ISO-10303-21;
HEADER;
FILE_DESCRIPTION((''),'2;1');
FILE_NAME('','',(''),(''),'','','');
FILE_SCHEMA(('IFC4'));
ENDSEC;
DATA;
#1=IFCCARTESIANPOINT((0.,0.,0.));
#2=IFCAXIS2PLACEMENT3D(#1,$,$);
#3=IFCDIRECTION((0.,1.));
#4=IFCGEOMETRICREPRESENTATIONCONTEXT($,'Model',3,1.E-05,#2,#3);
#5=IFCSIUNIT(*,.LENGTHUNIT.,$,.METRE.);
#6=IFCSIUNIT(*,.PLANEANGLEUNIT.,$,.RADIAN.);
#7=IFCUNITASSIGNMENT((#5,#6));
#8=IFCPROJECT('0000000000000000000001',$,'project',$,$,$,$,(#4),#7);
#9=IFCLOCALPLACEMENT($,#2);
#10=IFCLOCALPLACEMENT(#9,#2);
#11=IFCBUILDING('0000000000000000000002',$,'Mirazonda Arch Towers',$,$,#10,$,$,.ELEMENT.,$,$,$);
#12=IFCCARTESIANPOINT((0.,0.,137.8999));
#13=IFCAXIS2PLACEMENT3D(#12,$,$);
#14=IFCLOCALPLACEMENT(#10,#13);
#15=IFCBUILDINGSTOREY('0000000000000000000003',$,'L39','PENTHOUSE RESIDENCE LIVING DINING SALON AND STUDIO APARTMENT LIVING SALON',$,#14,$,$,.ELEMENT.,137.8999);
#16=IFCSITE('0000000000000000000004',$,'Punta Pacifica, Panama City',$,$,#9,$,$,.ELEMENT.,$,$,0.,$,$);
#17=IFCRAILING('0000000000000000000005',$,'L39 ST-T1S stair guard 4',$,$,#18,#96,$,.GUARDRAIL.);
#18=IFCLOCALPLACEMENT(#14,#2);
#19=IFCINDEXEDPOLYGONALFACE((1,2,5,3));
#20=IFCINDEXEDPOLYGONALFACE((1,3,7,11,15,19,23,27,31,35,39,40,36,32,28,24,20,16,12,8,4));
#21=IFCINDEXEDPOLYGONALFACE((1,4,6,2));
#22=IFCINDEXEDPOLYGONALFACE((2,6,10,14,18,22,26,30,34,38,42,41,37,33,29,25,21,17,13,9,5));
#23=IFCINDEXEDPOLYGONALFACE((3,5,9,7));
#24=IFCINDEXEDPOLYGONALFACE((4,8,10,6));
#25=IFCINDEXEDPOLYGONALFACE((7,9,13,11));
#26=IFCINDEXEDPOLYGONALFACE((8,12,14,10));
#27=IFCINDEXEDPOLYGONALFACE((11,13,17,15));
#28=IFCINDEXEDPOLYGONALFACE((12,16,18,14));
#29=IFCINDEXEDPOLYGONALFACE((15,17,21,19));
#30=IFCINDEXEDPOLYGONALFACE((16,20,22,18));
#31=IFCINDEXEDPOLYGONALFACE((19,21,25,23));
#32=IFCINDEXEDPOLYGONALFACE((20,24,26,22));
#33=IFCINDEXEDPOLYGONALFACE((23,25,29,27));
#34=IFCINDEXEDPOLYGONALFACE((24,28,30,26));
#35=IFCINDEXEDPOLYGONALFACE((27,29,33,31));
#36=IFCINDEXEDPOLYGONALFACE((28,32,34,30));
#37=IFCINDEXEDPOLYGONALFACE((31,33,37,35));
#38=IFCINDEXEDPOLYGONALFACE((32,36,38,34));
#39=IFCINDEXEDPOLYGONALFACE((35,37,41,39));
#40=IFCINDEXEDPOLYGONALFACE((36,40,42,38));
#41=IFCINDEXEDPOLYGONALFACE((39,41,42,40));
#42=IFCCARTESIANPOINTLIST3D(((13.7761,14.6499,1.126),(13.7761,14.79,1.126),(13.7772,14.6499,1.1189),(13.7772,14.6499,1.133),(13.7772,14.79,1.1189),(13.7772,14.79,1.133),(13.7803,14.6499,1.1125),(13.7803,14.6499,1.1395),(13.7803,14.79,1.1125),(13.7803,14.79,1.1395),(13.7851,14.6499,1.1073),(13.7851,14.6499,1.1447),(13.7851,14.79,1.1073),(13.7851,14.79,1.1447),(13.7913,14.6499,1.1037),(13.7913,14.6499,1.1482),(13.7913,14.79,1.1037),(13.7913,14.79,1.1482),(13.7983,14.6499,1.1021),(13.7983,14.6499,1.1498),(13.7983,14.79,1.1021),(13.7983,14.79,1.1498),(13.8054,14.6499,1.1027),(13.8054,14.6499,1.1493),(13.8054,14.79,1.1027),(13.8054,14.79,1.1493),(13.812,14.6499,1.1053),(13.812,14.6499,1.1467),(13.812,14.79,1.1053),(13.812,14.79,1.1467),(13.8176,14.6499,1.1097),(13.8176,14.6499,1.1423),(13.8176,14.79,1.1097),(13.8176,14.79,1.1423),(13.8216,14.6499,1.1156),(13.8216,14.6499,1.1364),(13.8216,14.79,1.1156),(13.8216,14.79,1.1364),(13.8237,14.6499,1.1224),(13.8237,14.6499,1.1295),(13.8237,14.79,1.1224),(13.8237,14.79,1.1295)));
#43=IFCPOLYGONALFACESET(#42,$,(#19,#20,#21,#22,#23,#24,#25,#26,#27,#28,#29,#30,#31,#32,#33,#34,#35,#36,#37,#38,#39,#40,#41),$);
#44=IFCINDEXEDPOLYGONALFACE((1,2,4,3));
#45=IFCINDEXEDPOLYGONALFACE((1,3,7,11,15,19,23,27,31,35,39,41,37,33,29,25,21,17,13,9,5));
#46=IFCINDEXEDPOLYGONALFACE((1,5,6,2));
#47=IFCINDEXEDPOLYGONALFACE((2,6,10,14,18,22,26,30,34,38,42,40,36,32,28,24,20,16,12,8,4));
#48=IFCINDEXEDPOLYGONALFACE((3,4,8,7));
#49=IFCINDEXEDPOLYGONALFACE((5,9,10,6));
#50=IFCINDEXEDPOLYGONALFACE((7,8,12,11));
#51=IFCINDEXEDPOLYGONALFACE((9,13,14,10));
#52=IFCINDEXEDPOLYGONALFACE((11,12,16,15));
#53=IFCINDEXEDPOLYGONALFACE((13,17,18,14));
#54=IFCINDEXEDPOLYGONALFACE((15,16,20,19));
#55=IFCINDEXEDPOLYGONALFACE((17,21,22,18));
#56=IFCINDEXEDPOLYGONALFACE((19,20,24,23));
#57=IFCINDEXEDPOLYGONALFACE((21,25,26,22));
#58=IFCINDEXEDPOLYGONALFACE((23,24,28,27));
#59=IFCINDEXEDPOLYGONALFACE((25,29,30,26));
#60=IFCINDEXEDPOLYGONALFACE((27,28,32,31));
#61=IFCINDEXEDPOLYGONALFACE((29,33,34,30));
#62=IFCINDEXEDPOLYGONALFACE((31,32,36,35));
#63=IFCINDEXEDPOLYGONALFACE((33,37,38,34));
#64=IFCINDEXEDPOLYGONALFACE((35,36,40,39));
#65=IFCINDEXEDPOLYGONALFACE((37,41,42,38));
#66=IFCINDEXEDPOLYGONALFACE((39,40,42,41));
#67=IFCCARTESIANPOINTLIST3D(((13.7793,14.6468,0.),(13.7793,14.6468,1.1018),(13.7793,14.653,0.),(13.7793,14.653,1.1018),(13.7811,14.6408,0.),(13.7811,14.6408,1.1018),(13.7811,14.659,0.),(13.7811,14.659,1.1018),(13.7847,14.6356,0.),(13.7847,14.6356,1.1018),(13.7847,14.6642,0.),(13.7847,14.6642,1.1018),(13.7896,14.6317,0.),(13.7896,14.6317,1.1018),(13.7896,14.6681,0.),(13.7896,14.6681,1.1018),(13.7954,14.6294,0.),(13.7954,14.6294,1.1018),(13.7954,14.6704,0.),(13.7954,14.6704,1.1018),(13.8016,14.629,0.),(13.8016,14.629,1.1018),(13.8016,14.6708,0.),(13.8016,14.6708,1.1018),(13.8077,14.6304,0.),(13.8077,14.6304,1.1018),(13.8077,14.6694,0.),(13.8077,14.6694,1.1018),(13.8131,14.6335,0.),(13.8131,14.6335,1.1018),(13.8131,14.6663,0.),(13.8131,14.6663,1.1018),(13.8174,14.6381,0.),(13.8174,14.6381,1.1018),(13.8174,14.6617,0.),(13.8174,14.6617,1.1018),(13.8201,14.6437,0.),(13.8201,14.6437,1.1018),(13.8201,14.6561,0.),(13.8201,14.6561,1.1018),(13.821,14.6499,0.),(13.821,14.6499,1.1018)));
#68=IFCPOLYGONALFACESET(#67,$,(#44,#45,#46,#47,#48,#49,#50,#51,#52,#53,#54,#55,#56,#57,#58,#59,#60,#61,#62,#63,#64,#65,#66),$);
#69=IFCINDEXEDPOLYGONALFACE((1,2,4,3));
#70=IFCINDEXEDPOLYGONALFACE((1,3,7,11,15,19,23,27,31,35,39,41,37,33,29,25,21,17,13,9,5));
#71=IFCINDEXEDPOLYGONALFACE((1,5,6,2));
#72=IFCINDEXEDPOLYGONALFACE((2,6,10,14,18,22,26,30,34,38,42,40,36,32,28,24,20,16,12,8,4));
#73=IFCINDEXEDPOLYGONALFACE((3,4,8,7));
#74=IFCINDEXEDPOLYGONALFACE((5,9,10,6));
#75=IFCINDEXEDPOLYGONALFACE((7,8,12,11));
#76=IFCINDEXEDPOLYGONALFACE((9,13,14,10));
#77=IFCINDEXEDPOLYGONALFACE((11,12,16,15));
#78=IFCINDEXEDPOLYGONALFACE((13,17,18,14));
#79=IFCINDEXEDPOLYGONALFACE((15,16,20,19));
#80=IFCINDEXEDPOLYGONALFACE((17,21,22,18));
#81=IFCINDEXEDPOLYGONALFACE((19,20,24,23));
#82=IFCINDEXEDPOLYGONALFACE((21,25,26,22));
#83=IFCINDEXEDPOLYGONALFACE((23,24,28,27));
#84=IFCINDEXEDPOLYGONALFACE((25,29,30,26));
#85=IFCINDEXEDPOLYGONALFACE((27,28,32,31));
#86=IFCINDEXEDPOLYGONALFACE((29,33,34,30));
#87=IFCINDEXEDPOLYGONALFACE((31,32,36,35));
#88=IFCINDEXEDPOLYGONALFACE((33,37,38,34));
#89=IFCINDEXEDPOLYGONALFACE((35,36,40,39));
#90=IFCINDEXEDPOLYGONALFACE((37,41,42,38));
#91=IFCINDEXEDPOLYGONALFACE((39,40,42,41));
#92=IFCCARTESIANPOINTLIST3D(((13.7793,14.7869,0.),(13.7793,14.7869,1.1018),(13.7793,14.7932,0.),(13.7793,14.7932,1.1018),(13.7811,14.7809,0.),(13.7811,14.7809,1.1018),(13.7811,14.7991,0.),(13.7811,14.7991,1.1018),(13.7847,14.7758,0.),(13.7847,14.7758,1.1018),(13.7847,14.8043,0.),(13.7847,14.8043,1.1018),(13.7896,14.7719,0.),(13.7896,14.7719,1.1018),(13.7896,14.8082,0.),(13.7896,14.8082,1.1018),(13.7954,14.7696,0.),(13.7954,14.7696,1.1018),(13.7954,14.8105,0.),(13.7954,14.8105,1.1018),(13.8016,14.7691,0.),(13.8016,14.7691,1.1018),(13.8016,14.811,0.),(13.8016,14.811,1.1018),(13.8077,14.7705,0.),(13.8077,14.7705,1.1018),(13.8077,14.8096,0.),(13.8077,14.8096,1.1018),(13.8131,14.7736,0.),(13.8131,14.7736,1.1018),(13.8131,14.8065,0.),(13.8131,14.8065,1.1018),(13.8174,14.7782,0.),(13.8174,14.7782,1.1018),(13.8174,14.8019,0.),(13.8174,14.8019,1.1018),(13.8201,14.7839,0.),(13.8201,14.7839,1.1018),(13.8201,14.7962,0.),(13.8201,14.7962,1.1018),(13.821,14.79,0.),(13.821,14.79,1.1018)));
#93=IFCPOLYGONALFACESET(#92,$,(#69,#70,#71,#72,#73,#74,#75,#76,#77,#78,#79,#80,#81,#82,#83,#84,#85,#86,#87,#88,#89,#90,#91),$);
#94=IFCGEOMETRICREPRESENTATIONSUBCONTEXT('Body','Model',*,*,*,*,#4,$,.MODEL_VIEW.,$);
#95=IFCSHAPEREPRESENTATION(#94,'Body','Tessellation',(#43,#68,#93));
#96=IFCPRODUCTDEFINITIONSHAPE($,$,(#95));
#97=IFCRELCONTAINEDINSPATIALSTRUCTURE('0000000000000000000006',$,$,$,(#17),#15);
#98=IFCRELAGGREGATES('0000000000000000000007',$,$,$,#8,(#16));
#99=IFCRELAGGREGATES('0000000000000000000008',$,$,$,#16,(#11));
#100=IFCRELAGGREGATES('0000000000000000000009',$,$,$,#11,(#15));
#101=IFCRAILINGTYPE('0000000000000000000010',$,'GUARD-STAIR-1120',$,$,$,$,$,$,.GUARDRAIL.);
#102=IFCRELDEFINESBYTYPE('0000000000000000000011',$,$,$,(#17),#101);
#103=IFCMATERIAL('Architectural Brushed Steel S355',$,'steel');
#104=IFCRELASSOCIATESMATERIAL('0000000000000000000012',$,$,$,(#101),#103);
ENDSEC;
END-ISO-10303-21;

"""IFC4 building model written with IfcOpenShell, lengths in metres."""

from ifc_helpers import new_model, si_unit, direction, frame, origin, origin_2d, place, context, subcontext, project, spatial, circle, extrude, material, type_object, element, save


model = new_model("IFC4")

# Units and contexts
model_context = context("Model", 3, precision=1e-05, world=origin(), true_north=direction((0.0, 1.0)))
body_context = subcontext(model_context, "Body", "Model", "MODEL_VIEW")
ifc_project = project(units=[si_unit("LENGTHUNIT", "METRE"), si_unit("PLANEANGLEUNIT", "RADIAN")], contexts=[model_context])

# Site, building, storey
site_placement = place(None, origin())
site = spatial("IfcSite", under=ifc_project, at=site_placement, Name="Punta Pacifica, Panama City", CompositionType="ELEMENT", RefElevation=0.0)
building_placement = place(site_placement, origin())
building = spatial("IfcBuilding", under=site, at=building_placement, Name="Mirazonda Arch Towers", CompositionType="ELEMENT")
storey_placement = place(building_placement, frame((0.0, 0.0, 137.8999)))
storey = spatial("IfcBuildingStorey", under=building, at=storey_placement, Name="L39", Description="PENTHOUSE RESIDENCE LIVING DINING SALON AND STUDIO APARTMENT LIVING SALON", CompositionType="ELEMENT", Elevation=137.8999)

# Shared definitions
ifc_material_1 = material(Name="Architectural Brushed Steel S355", Category="steel")

# Railing
railing_type = type_object("IfcRailingType", Name="GUARD-STAIR-1120", PredefinedType="GUARDRAIL", material=ifc_material_1)
railing_placement = place(storey_placement, frame((13.8, 14.6499, 0.0)))
element("IfcRailing", 1, at=railing_placement, inside=storey, type_object=railing_type, Name="L39 ST-T1S stair guard 4", PredefinedType="GUARDRAIL", context=body_context, shape_type="SweptSolid", body=[
    extrude(circle(Radius=0.0239, at=origin_2d()), frame((0.0, 0.0, 1.126), z_axis=(0.0, 1.0, 0.0), x_axis=(-1.0, 0.0, 0.0)), (0.0, 0.0, 1.0), 0.1401),
    extrude(circle(Radius=0.021, at=origin_2d()), origin(), (0.0, 0.0, 1.0), 1.1018),
    extrude(circle(Radius=0.021, at=origin_2d()), frame((0.0, 0.1401, 0.0)), (0.0, 0.0, 1.0), 1.1018),
])

save(model, "model.ifc")
